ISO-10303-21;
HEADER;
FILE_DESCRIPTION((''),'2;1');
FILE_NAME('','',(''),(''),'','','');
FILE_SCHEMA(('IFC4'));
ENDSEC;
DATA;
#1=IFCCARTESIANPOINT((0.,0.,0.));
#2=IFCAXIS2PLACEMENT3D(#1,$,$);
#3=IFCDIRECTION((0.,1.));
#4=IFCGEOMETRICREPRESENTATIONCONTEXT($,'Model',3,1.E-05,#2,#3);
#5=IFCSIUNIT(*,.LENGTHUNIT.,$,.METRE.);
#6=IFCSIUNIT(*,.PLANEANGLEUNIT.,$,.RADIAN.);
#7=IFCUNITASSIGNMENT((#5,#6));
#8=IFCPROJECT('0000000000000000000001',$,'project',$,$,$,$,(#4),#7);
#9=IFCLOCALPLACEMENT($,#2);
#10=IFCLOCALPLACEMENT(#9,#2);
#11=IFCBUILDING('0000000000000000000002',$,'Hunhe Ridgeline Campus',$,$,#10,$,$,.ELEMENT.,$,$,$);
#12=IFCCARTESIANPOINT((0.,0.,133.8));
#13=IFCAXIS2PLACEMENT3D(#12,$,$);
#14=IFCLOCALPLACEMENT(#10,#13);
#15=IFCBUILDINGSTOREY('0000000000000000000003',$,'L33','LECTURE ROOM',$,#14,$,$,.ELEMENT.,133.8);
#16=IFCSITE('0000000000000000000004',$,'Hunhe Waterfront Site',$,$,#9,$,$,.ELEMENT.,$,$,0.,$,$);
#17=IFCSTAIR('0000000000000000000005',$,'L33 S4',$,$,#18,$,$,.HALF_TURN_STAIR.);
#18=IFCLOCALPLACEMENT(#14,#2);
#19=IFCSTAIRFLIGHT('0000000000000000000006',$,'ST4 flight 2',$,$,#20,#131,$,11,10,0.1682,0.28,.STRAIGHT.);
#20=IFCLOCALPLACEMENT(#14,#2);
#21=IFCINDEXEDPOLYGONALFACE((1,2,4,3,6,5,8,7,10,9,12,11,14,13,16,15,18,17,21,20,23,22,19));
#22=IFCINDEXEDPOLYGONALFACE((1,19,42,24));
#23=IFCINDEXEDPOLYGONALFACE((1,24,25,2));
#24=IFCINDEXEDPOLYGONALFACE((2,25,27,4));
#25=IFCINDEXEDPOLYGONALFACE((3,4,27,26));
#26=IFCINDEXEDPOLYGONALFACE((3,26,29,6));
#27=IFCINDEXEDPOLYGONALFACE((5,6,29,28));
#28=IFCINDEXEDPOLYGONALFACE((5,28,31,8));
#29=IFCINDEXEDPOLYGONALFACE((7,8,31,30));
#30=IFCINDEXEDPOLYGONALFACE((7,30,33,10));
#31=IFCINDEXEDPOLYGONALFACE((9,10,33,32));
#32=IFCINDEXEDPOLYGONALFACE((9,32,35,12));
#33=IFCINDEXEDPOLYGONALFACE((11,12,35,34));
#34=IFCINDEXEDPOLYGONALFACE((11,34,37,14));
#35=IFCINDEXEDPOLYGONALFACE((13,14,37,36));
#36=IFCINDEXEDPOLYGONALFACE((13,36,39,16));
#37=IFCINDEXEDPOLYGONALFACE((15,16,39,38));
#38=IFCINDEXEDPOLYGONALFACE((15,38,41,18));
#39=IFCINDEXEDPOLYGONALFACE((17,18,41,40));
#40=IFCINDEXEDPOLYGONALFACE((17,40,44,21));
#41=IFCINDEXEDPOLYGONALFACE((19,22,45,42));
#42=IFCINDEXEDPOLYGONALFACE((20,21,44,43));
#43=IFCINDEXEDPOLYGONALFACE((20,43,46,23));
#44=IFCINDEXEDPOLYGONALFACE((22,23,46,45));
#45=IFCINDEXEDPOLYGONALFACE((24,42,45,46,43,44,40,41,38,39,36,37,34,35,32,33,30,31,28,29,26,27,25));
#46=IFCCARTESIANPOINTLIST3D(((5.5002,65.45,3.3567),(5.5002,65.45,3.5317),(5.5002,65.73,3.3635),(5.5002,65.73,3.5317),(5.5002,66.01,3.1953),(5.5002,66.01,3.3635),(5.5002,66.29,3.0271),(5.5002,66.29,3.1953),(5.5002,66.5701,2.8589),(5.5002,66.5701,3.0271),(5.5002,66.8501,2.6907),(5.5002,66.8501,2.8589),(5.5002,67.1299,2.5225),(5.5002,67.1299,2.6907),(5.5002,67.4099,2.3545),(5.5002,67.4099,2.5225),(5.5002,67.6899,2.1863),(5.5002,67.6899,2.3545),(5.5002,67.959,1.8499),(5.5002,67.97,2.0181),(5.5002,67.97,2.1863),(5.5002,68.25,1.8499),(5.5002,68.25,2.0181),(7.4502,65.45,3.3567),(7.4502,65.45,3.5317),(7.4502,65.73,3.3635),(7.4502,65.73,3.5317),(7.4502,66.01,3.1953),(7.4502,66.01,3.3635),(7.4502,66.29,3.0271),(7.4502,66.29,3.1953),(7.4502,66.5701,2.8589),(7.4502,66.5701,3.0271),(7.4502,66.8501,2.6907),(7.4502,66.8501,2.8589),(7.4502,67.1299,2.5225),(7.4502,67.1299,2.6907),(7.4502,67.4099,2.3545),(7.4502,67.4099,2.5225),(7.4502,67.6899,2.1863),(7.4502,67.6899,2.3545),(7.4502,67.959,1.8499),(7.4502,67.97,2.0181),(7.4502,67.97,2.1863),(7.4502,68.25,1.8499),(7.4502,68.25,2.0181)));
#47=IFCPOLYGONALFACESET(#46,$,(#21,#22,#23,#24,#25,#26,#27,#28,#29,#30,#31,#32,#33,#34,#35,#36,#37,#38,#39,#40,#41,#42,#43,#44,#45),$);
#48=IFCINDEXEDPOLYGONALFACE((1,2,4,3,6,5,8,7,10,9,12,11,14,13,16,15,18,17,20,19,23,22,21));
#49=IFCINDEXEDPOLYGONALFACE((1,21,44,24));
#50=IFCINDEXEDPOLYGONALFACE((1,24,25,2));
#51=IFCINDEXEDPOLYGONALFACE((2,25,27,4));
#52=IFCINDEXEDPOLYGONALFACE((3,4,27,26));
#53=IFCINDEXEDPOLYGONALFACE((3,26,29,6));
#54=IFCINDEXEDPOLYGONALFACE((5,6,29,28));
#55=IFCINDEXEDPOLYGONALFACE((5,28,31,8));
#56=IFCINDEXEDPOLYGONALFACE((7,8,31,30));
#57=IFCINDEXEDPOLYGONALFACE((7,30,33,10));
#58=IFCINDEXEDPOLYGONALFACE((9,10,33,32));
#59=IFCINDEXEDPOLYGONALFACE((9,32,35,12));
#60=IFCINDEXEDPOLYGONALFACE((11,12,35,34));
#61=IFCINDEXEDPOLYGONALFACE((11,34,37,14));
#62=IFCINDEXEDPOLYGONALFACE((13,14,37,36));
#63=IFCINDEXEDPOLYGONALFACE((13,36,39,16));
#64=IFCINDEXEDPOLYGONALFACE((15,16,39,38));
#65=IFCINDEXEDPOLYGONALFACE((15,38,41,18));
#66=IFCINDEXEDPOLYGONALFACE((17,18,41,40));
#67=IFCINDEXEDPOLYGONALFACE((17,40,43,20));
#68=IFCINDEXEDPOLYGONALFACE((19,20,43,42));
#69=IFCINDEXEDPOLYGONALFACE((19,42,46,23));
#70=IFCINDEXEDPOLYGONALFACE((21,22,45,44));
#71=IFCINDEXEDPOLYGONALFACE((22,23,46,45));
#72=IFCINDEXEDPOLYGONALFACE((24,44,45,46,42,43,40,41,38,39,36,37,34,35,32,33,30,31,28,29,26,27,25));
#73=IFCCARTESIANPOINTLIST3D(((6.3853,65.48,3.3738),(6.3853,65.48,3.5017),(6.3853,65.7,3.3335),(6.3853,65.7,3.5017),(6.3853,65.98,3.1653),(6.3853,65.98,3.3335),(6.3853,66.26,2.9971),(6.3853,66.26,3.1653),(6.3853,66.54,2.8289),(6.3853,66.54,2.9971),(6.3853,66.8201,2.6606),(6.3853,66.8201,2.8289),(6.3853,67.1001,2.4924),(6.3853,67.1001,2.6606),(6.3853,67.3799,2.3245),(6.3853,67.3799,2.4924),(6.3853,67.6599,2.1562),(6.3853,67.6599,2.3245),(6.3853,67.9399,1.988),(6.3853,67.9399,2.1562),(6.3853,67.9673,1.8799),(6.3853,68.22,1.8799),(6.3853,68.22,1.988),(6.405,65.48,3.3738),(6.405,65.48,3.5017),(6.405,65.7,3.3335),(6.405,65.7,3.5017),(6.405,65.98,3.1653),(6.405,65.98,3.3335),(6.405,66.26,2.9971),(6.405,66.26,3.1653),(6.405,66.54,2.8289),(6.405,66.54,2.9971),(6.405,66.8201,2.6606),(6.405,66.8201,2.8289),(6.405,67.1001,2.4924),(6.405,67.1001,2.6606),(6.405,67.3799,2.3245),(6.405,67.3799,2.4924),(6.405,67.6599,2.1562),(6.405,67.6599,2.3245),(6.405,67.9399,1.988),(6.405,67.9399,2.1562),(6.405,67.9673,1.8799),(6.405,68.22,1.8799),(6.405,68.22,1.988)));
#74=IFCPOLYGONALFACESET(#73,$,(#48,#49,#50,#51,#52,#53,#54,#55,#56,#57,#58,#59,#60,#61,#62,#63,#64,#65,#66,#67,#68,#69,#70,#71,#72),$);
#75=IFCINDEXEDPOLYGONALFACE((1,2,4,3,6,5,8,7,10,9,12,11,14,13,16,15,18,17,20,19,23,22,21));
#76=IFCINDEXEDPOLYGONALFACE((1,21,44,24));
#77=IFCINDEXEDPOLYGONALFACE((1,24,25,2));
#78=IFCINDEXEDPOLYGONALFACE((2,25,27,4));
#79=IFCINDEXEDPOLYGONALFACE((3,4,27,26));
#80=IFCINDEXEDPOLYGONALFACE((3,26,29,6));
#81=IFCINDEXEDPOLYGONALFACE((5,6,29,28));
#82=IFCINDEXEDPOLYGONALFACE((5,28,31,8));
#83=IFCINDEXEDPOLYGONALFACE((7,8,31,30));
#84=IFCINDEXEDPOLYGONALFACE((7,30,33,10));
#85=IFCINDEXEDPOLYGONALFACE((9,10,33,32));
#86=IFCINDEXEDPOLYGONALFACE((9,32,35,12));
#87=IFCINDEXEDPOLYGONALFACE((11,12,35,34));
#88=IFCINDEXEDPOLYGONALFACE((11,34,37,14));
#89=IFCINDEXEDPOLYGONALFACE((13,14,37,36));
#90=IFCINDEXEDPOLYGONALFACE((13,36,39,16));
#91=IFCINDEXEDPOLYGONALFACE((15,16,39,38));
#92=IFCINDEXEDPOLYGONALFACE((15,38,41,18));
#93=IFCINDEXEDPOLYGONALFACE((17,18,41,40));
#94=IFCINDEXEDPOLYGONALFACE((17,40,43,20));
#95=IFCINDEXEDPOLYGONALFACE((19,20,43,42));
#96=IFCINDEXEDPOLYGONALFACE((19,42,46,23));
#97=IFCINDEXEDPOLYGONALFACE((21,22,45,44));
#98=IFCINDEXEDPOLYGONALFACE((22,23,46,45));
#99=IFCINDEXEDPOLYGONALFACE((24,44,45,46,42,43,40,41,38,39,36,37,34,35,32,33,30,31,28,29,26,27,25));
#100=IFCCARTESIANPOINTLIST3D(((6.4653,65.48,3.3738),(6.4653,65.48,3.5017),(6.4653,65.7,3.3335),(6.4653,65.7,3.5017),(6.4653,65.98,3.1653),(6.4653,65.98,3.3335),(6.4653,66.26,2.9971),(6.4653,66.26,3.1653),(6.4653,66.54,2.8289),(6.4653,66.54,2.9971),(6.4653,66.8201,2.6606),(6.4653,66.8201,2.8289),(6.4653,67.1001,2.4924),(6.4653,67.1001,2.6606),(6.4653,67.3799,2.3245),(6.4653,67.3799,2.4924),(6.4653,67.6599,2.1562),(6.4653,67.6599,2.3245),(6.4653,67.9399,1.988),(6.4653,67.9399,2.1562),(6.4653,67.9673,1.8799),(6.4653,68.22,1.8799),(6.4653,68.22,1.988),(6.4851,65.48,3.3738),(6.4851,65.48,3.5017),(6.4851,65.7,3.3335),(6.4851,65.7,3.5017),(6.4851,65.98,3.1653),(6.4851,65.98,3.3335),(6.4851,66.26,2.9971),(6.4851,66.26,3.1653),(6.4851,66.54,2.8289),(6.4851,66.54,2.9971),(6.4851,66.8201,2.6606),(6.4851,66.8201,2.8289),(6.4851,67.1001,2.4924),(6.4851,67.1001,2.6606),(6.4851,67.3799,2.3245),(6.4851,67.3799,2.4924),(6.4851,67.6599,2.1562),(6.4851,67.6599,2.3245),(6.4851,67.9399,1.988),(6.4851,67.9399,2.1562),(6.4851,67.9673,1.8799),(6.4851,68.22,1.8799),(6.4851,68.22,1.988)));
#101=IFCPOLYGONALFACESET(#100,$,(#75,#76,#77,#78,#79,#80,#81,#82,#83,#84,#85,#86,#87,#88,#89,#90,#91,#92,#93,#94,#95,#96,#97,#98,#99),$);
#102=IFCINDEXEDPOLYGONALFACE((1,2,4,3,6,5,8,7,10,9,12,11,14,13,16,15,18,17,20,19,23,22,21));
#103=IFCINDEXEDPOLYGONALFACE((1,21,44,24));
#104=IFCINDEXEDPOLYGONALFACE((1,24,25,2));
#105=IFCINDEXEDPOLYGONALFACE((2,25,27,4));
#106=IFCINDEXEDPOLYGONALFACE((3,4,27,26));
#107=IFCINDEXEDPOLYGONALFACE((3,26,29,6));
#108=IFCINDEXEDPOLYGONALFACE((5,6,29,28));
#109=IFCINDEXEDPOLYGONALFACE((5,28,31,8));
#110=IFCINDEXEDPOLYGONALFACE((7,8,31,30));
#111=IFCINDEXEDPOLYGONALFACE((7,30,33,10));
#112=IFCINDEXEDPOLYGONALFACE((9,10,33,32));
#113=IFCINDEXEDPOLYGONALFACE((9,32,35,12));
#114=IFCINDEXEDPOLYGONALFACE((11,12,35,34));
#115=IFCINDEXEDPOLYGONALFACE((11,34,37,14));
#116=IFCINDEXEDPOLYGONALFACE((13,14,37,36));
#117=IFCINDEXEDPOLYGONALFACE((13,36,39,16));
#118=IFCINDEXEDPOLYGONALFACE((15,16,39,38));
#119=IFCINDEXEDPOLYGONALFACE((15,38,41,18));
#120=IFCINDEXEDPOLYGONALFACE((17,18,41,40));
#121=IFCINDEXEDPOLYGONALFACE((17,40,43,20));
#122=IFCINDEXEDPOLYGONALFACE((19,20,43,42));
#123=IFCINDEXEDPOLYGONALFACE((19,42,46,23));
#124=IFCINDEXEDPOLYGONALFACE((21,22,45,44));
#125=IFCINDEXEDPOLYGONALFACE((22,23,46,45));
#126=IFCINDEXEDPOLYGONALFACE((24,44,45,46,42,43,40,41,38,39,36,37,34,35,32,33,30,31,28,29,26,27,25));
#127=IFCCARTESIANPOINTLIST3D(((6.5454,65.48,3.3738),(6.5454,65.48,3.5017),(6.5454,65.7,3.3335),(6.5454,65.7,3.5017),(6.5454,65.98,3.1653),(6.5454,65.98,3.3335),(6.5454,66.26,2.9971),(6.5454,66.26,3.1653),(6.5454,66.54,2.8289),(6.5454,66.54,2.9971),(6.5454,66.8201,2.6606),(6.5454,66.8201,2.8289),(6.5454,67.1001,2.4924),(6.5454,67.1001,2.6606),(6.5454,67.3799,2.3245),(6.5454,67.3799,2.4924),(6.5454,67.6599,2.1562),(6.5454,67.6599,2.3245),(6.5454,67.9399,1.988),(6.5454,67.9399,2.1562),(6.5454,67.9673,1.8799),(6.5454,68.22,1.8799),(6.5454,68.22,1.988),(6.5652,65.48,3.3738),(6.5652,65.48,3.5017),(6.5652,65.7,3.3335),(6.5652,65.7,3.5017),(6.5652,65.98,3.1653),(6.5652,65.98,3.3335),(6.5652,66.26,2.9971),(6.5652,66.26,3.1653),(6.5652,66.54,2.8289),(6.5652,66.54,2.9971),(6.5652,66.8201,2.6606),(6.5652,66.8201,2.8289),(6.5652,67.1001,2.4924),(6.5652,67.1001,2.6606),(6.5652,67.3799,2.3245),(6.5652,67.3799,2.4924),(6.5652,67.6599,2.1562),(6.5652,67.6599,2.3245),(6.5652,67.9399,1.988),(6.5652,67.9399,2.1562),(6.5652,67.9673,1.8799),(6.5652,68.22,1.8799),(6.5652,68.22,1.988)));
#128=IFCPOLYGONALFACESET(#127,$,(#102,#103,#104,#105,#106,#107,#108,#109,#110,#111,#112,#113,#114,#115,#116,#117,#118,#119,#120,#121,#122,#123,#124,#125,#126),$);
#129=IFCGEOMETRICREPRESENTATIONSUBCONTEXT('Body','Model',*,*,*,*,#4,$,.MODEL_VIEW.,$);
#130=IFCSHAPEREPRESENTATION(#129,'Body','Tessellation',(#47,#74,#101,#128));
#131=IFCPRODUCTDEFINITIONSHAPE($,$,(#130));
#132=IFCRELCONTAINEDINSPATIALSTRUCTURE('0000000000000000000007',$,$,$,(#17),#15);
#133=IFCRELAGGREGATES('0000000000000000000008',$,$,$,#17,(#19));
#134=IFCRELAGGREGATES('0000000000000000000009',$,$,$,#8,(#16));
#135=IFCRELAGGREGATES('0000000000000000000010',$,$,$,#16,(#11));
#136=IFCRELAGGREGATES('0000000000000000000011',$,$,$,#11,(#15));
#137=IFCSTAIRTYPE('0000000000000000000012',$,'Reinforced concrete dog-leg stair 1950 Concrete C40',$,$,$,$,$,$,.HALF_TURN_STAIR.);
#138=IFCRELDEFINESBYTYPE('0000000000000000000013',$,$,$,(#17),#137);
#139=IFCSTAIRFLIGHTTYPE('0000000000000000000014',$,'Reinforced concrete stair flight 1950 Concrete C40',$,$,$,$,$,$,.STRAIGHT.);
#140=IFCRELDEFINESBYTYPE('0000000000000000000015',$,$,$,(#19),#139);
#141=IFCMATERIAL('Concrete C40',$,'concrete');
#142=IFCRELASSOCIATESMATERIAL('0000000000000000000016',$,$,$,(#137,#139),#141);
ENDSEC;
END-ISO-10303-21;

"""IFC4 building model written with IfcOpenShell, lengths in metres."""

from ifc_helpers import new_model, si_unit, direction, frame, origin, place, context, subcontext, project, spatial, polyline, outline, extrude, material, type_object, element, aggregate, save


model = new_model("IFC4")

# Units and contexts
model_context = context("Model", 3, precision=1e-05, world=origin(), true_north=direction((0.0, 1.0)))
body_context = subcontext(model_context, "Body", "Model", "MODEL_VIEW")
ifc_project = project(units=[si_unit("LENGTHUNIT", "METRE"), si_unit("PLANEANGLEUNIT", "RADIAN")], contexts=[model_context])

# Site, building, storey
site_placement = place(None, origin())
site = spatial("IfcSite", under=ifc_project, at=site_placement, Name="Hunhe Waterfront Site", CompositionType="ELEMENT", RefElevation=0.0)
building_placement = place(site_placement, origin())
building = spatial("IfcBuilding", under=site, at=building_placement, Name="Hunhe Ridgeline Campus", CompositionType="ELEMENT")
storey_placement = place(building_placement, frame((0.0, 0.0, 133.8)))
storey = spatial("IfcBuildingStorey", under=building, at=storey_placement, Name="L33", Description="LECTURE ROOM", CompositionType="ELEMENT", Elevation=133.8)

# Stair, stair flight
ifc_material_1 = material(Name="Concrete C40", Category="concrete")
stair_type = type_object("IfcStairType", Name="Reinforced concrete dog-leg stair 1950 Concrete C40", PredefinedType="HALF_TURN_STAIR", material=ifc_material_1)
stair_flight_type = type_object("IfcStairFlightType", Name="Reinforced concrete stair flight 1950 Concrete C40", PredefinedType="STRAIGHT", material=ifc_material_1)
stair_1_placement = place(storey_placement, origin())
stair_1 = element("IfcStair", 1, at=stair_1_placement, inside=storey, type_object=stair_type, Name="L33 S4", PredefinedType="HALF_TURN_STAIR")
stair_flight_1_placement = place(storey_placement, frame((6.4751, 68.25, 1.8499), z_axis=(0.0, 0.0, 1.0), x_axis=(0.0, -1.0, 0.0)))
stair_flight_1 = element("IfcStairFlight", 2, at=stair_flight_1_placement, type_object=stair_flight_type, Name="ST4 flight 2", NumberOfRisers=11, NumberOfTreads=10, PredefinedType="STRAIGHT", RiserHeight=0.1682, TreadLength=0.28, context=body_context, shape_type="SweptSolid", body=[
    extrude(outline(polyline([(0.0, 0.0), (0.0, 0.1682), (0.28, 0.1682), (0.28, 0.3364), (0.5601, 0.3364), (0.5601, 0.5046), (0.8401, 0.5046), (0.8401, 0.6726), (1.1201, 0.6726), (1.1201, 0.8408), (1.3999, 0.8408), (1.3999, 1.009), (1.6799, 1.009), (1.6799, 1.1772), (1.96, 1.1772), (1.96, 1.3455), (2.24, 1.3455), (2.24, 1.5137), (2.52, 1.5137), (2.52, 1.6819), (2.8, 1.6819), (2.8, 1.8501), (2.8, 1.5068), (0.291, 0.0), (0.0, 0.0)])), frame((0.0, 0.9751, 0.0), z_axis=(0.0, -1.0, 0.0), x_axis=(1.0, 0.0, 0.0)), (0.0, 0.0, 1.0), 1.95),
    extrude(outline(polyline([(0.03, 0.03), (0.03, 0.1382), (0.3101, 0.1382), (0.3101, 0.3064), (0.5901, 0.3064), (0.5901, 0.4746), (0.8701, 0.4746), (0.8701, 0.6426), (1.1499, 0.6426), (1.1499, 0.8108), (1.4299, 0.8108), (1.4299, 0.979), (1.71, 0.979), (1.71, 1.1472), (1.99, 1.1472), (1.99, 1.3154), (2.27, 1.3154), (2.27, 1.4836), (2.55, 1.4836), (2.55, 1.6519), (2.77, 1.6519), (2.77, 1.5239), (0.2827, 0.03), (0.03, 0.03)])), frame((0.0, -0.0701, 0.0), z_axis=(0.0, -1.0, 0.0), x_axis=(1.0, 0.0, 0.0)), (0.0, 0.0, 1.0), 0.0198),
    extrude(outline(polyline([(0.03, 0.03), (0.03, 0.1382), (0.3101, 0.1382), (0.3101, 0.3064), (0.5901, 0.3064), (0.5901, 0.4746), (0.8701, 0.4746), (0.8701, 0.6426), (1.1499, 0.6426), (1.1499, 0.8108), (1.4299, 0.8108), (1.4299, 0.979), (1.71, 0.979), (1.71, 1.1472), (1.99, 1.1472), (1.99, 1.3154), (2.27, 1.3154), (2.27, 1.4836), (2.55, 1.4836), (2.55, 1.6519), (2.77, 1.6519), (2.77, 1.5239), (0.2827, 0.03), (0.03, 0.03)])), frame((0.0, 0.01, 0.0), z_axis=(0.0, -1.0, 0.0), x_axis=(1.0, 0.0, 0.0)), (0.0, 0.0, 1.0), 0.0198),
    extrude(outline(polyline([(0.03, 0.03), (0.03, 0.1382), (0.3101, 0.1382), (0.3101, 0.3064), (0.5901, 0.3064), (0.5901, 0.4746), (0.8701, 0.4746), (0.8701, 0.6426), (1.1499, 0.6426), (1.1499, 0.8108), (1.4299, 0.8108), (1.4299, 0.979), (1.71, 0.979), (1.71, 1.1472), (1.99, 1.1472), (1.99, 1.3154), (2.27, 1.3154), (2.27, 1.4836), (2.55, 1.4836), (2.55, 1.6519), (2.77, 1.6519), (2.77, 1.5239), (0.2827, 0.03), (0.03, 0.03)])), frame((0.0, 0.0901, 0.0), z_axis=(0.0, -1.0, 0.0), x_axis=(1.0, 0.0, 0.0)), (0.0, 0.0, 1.0), 0.0198),
])
aggregate(stair_1, [stair_flight_1])

save(model, "model.ifc")
